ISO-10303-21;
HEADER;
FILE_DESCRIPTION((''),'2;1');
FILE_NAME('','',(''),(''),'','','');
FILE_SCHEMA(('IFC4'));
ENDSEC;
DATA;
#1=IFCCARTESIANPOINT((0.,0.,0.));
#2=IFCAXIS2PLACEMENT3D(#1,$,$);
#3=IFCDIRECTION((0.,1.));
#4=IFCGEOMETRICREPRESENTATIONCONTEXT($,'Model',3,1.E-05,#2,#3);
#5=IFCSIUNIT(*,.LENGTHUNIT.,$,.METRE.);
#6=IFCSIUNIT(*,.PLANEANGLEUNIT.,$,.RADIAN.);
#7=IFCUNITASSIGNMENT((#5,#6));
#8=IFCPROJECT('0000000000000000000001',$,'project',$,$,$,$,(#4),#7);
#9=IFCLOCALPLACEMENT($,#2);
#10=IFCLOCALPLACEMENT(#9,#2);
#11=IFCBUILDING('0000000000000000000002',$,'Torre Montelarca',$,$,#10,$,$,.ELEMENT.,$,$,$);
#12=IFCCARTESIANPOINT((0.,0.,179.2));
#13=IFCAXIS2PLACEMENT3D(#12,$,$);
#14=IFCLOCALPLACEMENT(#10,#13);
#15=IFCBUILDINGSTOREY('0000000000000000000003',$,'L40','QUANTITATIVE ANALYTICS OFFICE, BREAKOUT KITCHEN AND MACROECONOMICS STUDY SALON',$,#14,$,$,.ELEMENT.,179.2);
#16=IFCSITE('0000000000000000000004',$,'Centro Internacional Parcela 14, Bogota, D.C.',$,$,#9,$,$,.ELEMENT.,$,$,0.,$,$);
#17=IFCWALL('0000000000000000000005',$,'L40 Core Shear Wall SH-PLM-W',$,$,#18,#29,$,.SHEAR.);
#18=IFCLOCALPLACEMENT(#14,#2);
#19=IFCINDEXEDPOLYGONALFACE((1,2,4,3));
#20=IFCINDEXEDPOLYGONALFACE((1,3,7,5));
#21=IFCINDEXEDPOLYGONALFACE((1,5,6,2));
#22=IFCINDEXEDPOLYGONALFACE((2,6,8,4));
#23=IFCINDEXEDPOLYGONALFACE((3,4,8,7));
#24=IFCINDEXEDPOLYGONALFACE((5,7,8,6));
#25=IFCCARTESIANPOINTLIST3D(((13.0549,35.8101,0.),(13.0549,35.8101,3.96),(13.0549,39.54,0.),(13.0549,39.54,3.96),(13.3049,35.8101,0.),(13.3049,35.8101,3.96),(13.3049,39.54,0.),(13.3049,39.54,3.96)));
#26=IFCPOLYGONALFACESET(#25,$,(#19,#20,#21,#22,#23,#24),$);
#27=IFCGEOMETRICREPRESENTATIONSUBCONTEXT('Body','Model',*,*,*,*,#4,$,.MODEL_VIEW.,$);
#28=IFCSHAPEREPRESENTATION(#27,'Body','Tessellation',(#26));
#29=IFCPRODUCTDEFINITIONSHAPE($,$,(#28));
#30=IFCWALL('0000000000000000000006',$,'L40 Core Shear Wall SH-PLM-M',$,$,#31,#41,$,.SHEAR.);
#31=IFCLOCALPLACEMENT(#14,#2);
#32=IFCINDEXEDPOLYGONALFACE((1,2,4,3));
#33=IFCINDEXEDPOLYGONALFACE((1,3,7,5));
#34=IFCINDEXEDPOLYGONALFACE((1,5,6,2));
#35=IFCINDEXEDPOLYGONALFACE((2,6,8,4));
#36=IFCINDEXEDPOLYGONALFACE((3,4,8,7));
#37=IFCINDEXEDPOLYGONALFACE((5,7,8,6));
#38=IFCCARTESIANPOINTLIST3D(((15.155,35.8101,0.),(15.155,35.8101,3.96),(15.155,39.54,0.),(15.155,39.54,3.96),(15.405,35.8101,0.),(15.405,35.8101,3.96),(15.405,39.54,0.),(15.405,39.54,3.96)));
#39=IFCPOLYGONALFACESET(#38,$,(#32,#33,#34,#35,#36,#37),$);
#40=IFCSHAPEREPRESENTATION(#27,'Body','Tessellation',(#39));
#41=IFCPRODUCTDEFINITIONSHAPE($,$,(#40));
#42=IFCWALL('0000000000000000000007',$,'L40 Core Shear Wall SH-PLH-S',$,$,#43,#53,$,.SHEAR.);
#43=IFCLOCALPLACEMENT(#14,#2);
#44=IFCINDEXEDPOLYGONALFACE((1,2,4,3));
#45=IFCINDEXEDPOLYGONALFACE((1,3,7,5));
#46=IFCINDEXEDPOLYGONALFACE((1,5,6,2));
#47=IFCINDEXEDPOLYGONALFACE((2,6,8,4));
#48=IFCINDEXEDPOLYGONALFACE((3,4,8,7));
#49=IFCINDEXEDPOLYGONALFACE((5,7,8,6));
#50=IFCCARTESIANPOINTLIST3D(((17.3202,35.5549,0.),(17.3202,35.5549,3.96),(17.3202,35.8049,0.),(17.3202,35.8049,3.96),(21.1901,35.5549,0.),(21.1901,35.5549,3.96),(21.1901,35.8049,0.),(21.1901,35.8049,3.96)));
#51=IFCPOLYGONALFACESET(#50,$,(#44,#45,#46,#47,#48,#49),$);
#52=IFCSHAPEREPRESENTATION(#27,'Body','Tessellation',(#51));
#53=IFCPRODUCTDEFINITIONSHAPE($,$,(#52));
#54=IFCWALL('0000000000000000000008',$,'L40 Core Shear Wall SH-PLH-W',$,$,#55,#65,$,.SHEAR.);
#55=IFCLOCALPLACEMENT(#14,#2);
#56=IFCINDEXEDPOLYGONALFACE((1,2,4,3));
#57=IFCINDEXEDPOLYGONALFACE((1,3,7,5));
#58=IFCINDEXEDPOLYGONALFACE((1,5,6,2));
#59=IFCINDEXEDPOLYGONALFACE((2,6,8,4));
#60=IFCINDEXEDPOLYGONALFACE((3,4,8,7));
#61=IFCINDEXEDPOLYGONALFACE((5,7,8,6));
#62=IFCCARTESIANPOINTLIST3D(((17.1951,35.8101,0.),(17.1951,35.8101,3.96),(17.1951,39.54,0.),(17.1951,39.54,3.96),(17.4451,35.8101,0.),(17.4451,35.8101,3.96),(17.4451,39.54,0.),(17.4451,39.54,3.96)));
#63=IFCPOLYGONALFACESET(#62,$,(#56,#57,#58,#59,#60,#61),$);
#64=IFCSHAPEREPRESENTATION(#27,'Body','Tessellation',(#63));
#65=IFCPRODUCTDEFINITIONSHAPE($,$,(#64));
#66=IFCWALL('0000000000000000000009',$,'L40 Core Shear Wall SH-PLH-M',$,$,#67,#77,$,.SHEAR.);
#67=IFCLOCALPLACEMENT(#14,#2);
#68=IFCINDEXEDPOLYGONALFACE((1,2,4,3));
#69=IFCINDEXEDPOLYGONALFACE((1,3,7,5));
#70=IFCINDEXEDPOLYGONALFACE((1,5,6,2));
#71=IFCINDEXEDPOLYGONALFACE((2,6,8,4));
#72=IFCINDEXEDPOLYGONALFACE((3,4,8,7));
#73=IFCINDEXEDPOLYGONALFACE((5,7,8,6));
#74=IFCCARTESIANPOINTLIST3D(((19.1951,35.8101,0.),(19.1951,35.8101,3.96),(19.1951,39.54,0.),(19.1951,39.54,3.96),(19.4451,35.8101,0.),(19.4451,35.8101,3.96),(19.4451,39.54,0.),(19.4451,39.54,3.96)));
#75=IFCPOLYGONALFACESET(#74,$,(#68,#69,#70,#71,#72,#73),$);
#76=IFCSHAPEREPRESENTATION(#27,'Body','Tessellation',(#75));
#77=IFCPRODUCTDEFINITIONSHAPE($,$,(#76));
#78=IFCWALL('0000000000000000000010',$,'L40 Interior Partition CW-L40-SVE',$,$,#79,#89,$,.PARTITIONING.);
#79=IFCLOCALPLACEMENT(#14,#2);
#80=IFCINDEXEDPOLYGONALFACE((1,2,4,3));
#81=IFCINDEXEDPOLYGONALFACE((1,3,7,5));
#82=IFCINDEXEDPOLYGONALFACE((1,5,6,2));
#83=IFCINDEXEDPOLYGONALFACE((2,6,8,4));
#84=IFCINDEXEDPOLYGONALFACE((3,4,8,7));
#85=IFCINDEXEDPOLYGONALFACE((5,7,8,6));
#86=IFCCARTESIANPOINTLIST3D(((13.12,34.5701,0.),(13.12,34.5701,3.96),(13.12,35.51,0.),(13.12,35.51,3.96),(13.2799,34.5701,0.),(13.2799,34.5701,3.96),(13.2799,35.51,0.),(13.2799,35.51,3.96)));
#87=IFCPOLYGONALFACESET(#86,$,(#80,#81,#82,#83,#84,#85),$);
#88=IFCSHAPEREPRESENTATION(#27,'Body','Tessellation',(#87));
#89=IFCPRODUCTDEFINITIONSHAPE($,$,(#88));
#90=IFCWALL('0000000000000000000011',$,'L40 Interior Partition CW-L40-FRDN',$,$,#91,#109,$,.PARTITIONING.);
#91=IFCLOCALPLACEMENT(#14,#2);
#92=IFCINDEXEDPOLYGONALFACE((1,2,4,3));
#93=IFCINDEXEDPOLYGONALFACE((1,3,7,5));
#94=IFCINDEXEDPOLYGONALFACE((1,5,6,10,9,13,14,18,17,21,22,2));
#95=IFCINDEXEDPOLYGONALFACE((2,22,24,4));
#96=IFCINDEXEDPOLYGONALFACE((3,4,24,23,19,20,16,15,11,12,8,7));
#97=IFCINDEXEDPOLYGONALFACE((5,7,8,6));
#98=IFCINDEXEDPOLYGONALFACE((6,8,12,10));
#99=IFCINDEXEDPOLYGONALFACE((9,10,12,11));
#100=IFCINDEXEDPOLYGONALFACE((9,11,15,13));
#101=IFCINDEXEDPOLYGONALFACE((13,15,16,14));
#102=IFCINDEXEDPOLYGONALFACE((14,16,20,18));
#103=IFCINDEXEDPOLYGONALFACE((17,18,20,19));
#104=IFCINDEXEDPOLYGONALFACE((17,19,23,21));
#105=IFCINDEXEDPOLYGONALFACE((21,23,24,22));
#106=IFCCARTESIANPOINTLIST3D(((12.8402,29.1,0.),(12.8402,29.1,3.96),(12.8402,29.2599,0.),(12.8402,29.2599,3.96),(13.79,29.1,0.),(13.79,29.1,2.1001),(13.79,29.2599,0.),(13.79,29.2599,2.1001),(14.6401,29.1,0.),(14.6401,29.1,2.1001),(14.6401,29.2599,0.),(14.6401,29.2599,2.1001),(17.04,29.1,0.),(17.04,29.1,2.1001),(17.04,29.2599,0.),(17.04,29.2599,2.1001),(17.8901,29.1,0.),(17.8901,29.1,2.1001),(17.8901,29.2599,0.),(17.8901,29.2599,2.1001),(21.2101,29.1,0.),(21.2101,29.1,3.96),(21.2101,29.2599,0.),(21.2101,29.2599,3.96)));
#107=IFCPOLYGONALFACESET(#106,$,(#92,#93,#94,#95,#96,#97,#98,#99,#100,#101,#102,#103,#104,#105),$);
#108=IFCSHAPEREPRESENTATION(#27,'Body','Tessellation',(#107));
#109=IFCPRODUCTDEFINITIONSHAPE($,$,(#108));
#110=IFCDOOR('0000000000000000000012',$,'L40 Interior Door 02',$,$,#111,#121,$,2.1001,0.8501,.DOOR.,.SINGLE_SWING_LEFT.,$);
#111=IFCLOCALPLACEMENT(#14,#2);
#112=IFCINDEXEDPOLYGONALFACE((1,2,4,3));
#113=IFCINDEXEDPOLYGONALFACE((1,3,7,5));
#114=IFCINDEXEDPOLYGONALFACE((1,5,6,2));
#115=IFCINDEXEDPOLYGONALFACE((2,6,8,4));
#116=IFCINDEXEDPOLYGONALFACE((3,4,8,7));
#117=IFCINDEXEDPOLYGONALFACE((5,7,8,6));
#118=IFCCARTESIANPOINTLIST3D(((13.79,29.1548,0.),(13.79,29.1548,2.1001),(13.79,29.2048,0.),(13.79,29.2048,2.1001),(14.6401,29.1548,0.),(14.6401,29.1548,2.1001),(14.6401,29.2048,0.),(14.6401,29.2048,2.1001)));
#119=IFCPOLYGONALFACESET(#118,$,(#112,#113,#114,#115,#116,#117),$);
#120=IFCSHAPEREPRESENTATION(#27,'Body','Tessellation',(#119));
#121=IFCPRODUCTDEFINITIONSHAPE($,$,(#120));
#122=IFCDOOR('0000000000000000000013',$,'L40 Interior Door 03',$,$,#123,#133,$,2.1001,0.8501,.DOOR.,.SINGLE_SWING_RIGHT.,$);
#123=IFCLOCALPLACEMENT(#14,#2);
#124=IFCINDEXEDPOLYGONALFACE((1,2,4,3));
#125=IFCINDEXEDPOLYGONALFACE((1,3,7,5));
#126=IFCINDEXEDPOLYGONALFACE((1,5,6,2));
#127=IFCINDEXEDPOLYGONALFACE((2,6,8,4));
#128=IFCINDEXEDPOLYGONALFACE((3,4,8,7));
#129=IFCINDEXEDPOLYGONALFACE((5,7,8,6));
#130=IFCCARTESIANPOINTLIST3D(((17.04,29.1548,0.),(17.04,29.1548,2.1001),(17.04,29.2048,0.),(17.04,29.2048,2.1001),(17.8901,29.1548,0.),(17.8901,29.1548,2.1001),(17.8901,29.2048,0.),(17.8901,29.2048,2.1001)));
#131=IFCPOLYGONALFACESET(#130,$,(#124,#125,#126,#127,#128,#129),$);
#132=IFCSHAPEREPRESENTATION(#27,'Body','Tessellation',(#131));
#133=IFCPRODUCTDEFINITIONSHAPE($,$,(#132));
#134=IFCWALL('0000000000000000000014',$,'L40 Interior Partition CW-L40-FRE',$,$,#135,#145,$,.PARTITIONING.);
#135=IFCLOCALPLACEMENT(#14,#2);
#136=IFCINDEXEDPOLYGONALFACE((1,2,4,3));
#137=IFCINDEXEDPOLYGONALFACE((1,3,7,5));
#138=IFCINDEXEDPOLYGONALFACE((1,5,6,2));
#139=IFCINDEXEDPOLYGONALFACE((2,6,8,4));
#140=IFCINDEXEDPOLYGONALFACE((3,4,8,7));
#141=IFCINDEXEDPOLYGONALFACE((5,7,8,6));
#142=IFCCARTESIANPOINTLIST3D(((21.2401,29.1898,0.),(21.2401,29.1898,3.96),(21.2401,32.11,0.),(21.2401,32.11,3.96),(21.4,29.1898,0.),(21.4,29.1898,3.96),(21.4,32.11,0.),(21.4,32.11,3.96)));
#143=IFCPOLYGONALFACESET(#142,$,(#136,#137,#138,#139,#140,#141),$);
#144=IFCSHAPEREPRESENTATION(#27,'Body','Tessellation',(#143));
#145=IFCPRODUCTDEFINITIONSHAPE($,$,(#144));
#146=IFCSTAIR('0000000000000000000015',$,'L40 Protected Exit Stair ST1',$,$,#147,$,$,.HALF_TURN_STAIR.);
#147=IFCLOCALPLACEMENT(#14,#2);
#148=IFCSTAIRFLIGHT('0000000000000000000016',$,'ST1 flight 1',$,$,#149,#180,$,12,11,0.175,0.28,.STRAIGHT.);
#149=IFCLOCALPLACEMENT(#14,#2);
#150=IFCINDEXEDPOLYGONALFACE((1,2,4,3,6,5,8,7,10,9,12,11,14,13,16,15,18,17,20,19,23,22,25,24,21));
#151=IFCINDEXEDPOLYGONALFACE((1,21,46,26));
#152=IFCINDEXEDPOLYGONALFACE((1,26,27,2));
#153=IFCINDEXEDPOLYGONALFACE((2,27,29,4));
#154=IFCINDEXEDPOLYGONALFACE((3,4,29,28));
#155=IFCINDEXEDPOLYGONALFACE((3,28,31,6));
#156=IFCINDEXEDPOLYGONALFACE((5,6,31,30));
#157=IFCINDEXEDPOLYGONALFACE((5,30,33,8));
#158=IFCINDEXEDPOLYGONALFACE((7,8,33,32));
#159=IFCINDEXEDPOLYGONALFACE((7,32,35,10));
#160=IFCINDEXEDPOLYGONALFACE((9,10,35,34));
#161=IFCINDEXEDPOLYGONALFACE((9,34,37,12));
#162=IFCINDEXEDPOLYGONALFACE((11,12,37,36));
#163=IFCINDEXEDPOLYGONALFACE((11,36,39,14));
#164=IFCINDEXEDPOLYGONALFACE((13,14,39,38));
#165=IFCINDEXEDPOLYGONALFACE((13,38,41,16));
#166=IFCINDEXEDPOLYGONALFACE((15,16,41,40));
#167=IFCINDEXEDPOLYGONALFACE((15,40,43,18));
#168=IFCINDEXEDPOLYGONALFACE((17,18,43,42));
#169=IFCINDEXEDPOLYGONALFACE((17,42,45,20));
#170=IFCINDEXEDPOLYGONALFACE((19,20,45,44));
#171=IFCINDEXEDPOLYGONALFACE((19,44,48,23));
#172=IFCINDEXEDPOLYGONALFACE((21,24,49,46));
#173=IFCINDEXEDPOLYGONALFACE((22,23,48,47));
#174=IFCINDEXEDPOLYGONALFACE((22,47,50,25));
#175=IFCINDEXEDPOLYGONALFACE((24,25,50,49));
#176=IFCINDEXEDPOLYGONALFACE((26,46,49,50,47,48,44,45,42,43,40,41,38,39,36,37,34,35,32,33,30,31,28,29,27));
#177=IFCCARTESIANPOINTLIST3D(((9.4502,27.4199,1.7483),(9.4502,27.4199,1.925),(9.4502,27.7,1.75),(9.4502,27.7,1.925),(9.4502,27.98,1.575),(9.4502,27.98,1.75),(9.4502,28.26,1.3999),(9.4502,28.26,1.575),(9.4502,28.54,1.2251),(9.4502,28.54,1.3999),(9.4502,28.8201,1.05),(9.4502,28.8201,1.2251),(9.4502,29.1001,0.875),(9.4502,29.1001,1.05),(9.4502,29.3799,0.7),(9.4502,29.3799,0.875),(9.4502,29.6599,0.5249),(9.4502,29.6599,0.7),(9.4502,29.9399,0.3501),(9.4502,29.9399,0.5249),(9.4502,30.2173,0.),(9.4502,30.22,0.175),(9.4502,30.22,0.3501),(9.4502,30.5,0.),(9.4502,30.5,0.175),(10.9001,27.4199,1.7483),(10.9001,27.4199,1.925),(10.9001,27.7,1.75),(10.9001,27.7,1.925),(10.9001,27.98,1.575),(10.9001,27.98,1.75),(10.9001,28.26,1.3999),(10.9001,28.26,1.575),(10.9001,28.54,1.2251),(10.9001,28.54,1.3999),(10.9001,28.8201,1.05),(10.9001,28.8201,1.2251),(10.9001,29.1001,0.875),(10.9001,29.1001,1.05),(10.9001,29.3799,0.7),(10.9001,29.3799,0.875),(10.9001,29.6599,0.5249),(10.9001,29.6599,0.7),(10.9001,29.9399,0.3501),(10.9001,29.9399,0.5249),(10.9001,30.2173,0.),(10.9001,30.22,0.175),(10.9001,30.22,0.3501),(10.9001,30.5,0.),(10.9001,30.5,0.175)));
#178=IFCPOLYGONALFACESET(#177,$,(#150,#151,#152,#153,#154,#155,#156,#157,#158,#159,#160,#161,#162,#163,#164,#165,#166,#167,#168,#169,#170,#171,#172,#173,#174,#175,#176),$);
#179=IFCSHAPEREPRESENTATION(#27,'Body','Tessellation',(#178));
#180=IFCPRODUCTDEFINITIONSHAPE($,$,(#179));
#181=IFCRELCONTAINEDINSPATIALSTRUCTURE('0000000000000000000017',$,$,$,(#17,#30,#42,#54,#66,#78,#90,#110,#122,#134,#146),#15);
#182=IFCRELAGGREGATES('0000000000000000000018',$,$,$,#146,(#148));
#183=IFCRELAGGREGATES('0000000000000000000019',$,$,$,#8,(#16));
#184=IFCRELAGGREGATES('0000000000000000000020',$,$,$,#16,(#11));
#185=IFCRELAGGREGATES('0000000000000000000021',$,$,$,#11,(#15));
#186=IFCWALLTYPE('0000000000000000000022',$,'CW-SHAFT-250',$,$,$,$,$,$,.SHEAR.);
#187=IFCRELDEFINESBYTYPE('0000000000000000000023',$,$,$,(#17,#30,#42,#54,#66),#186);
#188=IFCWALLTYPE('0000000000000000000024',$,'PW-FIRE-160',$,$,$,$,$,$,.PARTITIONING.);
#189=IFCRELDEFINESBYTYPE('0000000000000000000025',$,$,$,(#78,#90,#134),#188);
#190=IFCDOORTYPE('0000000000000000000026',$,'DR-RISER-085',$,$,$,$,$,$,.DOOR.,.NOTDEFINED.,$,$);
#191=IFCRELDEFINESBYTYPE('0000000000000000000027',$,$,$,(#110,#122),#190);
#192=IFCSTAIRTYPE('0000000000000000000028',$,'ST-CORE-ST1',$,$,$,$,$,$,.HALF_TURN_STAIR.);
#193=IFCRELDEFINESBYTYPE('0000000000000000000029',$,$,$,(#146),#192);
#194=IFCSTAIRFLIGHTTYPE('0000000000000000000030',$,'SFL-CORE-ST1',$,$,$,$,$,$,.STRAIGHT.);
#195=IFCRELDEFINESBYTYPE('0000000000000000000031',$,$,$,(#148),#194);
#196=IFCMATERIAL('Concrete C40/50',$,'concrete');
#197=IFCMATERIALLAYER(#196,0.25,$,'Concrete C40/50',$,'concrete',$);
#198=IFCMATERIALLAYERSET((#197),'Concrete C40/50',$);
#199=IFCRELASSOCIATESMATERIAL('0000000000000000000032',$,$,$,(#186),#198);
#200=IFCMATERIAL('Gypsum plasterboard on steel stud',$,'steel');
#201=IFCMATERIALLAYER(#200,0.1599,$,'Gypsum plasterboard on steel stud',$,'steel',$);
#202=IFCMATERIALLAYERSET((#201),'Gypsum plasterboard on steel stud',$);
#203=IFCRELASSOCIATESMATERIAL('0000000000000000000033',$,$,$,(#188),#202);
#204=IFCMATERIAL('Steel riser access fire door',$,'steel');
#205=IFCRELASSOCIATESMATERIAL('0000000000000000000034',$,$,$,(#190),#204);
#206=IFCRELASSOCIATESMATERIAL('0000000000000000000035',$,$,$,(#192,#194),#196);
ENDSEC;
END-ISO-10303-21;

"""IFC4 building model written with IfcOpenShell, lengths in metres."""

from ifc_helpers import new_model, si_unit, direction, frame, frame_2d, origin, place, context, subcontext, project, spatial, polyline, rectangle, outline, extrude, source, transform, mapped, material, layer, layer_set, type_object, element, fill, aggregate, save


model = new_model("IFC4")

# Units and contexts
model_context = context("Model", 3, precision=1e-05, world=origin(), true_north=direction((0.0, 1.0)))
body_context = subcontext(model_context, "Body", "Model", "MODEL_VIEW")
ifc_project = project(units=[si_unit("LENGTHUNIT", "METRE"), si_unit("PLANEANGLEUNIT", "RADIAN")], contexts=[model_context])

# Site, building, storey
site_placement = place(None, origin())
site = spatial("IfcSite", under=ifc_project, at=site_placement, Name="Centro Internacional Parcela 14, Bogota, D.C.", CompositionType="ELEMENT", RefElevation=0.0)
building_placement = place(site_placement, origin())
building = spatial("IfcBuilding", under=site, at=building_placement, Name="Torre Montelarca", CompositionType="ELEMENT")
storey_placement = place(building_placement, frame((0.0, 0.0, 179.2)))
storey = spatial("IfcBuildingStorey", under=building, at=storey_placement, Name="L40", Description="QUANTITATIVE ANALYTICS OFFICE, BREAKOUT KITCHEN AND MACROECONOMICS STUDY SALON", CompositionType="ELEMENT", Elevation=179.2)

# Shared definitions
ifc_material_1 = material(Name="Concrete C40/50", Category="concrete")
ifc_layer_1 = layer(ifc_material_1, 0.25, Name="Concrete C40/50", Category="concrete")
ifc_layer_set_1 = layer_set([ifc_layer_1], Name="Concrete C40/50")
wall_type_1 = type_object("IfcWallType", Name="CW-SHAFT-250", PredefinedType="SHEAR", material=ifc_layer_set_1)

# Walls
for number, where, z_axis, x_axis, name in (
    (1, (13.1799, 35.8101, 0.0), (0.0, 0.0, 1.0), (0.0, 1.0, 0.0), "L40 Core Shear Wall SH-PLM-W"),
    (2, (15.28, 35.8101, 0.0), (0.0, 0.0, 1.0), (0.0, 1.0, 0.0), "L40 Core Shear Wall SH-PLM-M"),
):
    element("IfcWall", number, at=place(storey_placement, frame(where, z_axis=z_axis, x_axis=x_axis)), inside=storey, type_object=wall_type_1, Name=name, PredefinedType="SHEAR", context=body_context, shape_type="SweptSolid", body=[
        extrude(rectangle(XDim=3.73, YDim=0.25, at=frame_2d((1.865, 0.0))), origin(), (0.0, 0.0, 1.0), 3.96),
    ])
wall_1_placement = place(storey_placement, frame((17.3201, 35.6799, 0.0), z_axis=(0.0, 0.0, 1.0), x_axis=(1.0, 0.0, 0.0)))
element("IfcWall", 3, at=wall_1_placement, inside=storey, type_object=wall_type_1, Name="L40 Core Shear Wall SH-PLH-S", PredefinedType="SHEAR", context=body_context, shape_type="SweptSolid", body=[
    extrude(rectangle(XDim=3.8699, YDim=0.25, at=frame_2d((1.9351, 0.0))), origin(), (0.0, 0.0, 1.0), 3.96),
])
for number, where, z_axis, x_axis, name in (
    (4, (17.3201, 35.8101, 0.0), (0.0, 0.0, 1.0), (0.0, 1.0, 0.0), "L40 Core Shear Wall SH-PLH-W"),
    (5, (19.3201, 35.8101, 0.0), (0.0, 0.0, 1.0), (0.0, 1.0, 0.0), "L40 Core Shear Wall SH-PLH-M"),
):
    element("IfcWall", number, at=place(storey_placement, frame(where, z_axis=z_axis, x_axis=x_axis)), inside=storey, type_object=wall_type_1, Name=name, PredefinedType="SHEAR", context=body_context, shape_type="SweptSolid", body=[
        extrude(rectangle(XDim=3.73, YDim=0.25, at=frame_2d((1.865, 0.0))), origin(), (0.0, 0.0, 1.0), 3.96),
    ])
ifc_material_2 = material(Name="Gypsum plasterboard on steel stud", Category="steel")
ifc_layer_2 = layer(ifc_material_2, 0.1599, Name="Gypsum plasterboard on steel stud", Category="steel")
ifc_layer_set_2 = layer_set([ifc_layer_2], Name="Gypsum plasterboard on steel stud")
wall_type_2 = type_object("IfcWallType", Name="PW-FIRE-160", PredefinedType="PARTITIONING", material=ifc_layer_set_2)
wall_2_placement = place(storey_placement, frame((13.2, 34.5701, 0.0), z_axis=(0.0, 0.0, 1.0), x_axis=(0.0, 1.0, 0.0)))
element("IfcWall", 6, at=wall_2_placement, inside=storey, type_object=wall_type_2, Name="L40 Interior Partition CW-L40-SVE", PredefinedType="PARTITIONING", context=body_context, shape_type="SweptSolid", body=[
    extrude(rectangle(XDim=0.9399, YDim=0.1599, at=frame_2d((0.47, 0.0))), origin(), (0.0, 0.0, 1.0), 3.96),
])

# Wall, openings, doors
wall_3_placement = place(storey_placement, frame((12.8401, 29.1799, 0.0), z_axis=(0.0, 0.0, 1.0), x_axis=(1.0, 0.0, 0.0)))
wall_3 = element("IfcWall", 7, at=wall_3_placement, inside=storey, type_object=wall_type_2, Name="L40 Interior Partition CW-L40-FRDN", PredefinedType="PARTITIONING", context=body_context, shape_type="SweptSolid", body=[
    extrude(rectangle(XDim=8.3699, YDim=0.1599, at=frame_2d((4.1851, 0.0))), origin(), (0.0, 0.0, 1.0), 3.96),
])
opening_1_placement = place(wall_3_placement, frame((0.95, 0.0, 0.0)))
opening_1 = element("IfcOpeningElement", 8, at=opening_1_placement, cuts=wall_3, PredefinedType="OPENING", context=body_context, shape_type="SweptSolid", body=[
    extrude(rectangle(XDim=0.8501, YDim=2.1001, at=frame_2d((0.425, 1.05))), frame((0.0, 0.0898, 0.0), z_axis=(0.0, -1.0, 0.0), x_axis=(1.0, 0.0, 0.0)), (0.0, 0.0, 1.0), 0.1799),
])
opening_2_placement = place(wall_3_placement, frame((4.2, 0.0, 0.0)))
opening_2 = element("IfcOpeningElement", 9, at=opening_2_placement, cuts=wall_3, PredefinedType="OPENING", context=body_context, shape_type="SweptSolid", body=[
    extrude(rectangle(XDim=0.8501, YDim=2.1001, at=frame_2d((0.425, 1.05))), frame((0.0, 0.0898, 0.0), z_axis=(0.0, -1.0, 0.0), x_axis=(1.0, 0.0, 0.0)), (0.0, 0.0, 1.0), 0.1799),
])
ifc_material_3 = material(Name="Steel riser access fire door", Category="steel")
door_type_1 = type_object("IfcDoorType", Name="DR-RISER-085", OperationType="NOTDEFINED", PredefinedType="DOOR", material=ifc_material_3)
shared_shape_1 = source(origin(), body_context, "Body", "SweptSolid", [
    extrude(rectangle(XDim=0.8501, YDim=2.1001, at=frame_2d((0.425, 1.05))), frame((0.0, 0.0249, 0.0), z_axis=(0.0, -1.0, 0.0), x_axis=(1.0, 0.0, 0.0)), (0.0, 0.0, 1.0), 0.05),
])
door_1_placement = place(opening_1_placement, origin())
door_1 = element("IfcDoor", 10, at=door_1_placement, inside=storey, type_object=door_type_1, Name="L40 Interior Door 02", OperationType="SINGLE_SWING_LEFT", OverallHeight=2.1001, OverallWidth=0.8501, PredefinedType="DOOR", context=body_context, shape_type="MappedRepresentation", body=[
    mapped(shared_shape_1, transform((0.0, 0.0, 0.0), scale=1.0)),
])
fill(opening_1, door_1)
door_2_placement = place(opening_2_placement, origin())
door_2 = element("IfcDoor", 11, at=door_2_placement, inside=storey, type_object=door_type_1, Name="L40 Interior Door 03", OperationType="SINGLE_SWING_RIGHT", OverallHeight=2.1001, OverallWidth=0.8501, PredefinedType="DOOR", context=body_context, shape_type="MappedRepresentation", body=[
    mapped(shared_shape_1, transform((0.0, 0.0, 0.0), scale=1.0)),
])
fill(opening_2, door_2)

# Wall
wall_4_placement = place(storey_placement, frame((21.3201, 29.1899, 0.0), z_axis=(0.0, 0.0, 1.0), x_axis=(0.0, 1.0, 0.0)))
element("IfcWall", 12, at=wall_4_placement, inside=storey, type_object=wall_type_2, Name="L40 Interior Partition CW-L40-FRE", PredefinedType="PARTITIONING", context=body_context, shape_type="SweptSolid", body=[
    extrude(rectangle(XDim=2.9202, YDim=0.1599, at=frame_2d((1.46, 0.0))), origin(), (0.0, 0.0, 1.0), 3.96),
])

# Stair, stair flight
stair_type = type_object("IfcStairType", Name="ST-CORE-ST1", PredefinedType="HALF_TURN_STAIR", material=ifc_material_1)
stair_placement = place(storey_placement, origin())
stair = element("IfcStair", 13, at=stair_placement, inside=storey, type_object=stair_type, Name="L40 Protected Exit Stair ST1", PredefinedType="HALF_TURN_STAIR")
stair_flight_type = type_object("IfcStairFlightType", Name="SFL-CORE-ST1", PredefinedType="STRAIGHT", material=ifc_material_1)
stair_flight_placement = place(storey_placement, frame((10.175, 30.5, 0.0), z_axis=(0.0, 0.0, 1.0), x_axis=(0.0, -1.0, 0.0)))
stair_flight = element("IfcStairFlight", 14, at=stair_flight_placement, type_object=stair_flight_type, Name="ST1 flight 1", NumberOfRisers=12, NumberOfTreads=11, PredefinedType="STRAIGHT", RiserHeight=0.175, TreadLength=0.28, context=body_context, shape_type="SweptSolid", body=[
    extrude(outline(polyline([(0.0, 0.0), (0.0, 0.175), (0.28, 0.175), (0.28, 0.3501), (0.5601, 0.3501), (0.5601, 0.5249), (0.8401, 0.5249), (0.8401, 0.7), (1.1201, 0.7), (1.1201, 0.875), (1.3999, 0.875), (1.3999, 1.05), (1.6799, 1.05), (1.6799, 1.2251), (1.96, 1.2251), (1.96, 1.3999), (2.24, 1.3999), (2.24, 1.575), (2.52, 1.575), (2.52, 1.75), (2.8, 1.75), (2.8, 1.925), (3.0801, 1.925), (3.0801, 2.1001), (3.0801, 1.7483), (0.2827, 0.0), (0.0, 0.0)])), frame((0.0, 0.7251, 0.0), z_axis=(0.0, -1.0, 0.0), x_axis=(1.0, 0.0, 0.0)), (0.0, 0.0, 1.0), 1.45),
])
aggregate(stair, [stair_flight])

save(model, "model.ifc")
